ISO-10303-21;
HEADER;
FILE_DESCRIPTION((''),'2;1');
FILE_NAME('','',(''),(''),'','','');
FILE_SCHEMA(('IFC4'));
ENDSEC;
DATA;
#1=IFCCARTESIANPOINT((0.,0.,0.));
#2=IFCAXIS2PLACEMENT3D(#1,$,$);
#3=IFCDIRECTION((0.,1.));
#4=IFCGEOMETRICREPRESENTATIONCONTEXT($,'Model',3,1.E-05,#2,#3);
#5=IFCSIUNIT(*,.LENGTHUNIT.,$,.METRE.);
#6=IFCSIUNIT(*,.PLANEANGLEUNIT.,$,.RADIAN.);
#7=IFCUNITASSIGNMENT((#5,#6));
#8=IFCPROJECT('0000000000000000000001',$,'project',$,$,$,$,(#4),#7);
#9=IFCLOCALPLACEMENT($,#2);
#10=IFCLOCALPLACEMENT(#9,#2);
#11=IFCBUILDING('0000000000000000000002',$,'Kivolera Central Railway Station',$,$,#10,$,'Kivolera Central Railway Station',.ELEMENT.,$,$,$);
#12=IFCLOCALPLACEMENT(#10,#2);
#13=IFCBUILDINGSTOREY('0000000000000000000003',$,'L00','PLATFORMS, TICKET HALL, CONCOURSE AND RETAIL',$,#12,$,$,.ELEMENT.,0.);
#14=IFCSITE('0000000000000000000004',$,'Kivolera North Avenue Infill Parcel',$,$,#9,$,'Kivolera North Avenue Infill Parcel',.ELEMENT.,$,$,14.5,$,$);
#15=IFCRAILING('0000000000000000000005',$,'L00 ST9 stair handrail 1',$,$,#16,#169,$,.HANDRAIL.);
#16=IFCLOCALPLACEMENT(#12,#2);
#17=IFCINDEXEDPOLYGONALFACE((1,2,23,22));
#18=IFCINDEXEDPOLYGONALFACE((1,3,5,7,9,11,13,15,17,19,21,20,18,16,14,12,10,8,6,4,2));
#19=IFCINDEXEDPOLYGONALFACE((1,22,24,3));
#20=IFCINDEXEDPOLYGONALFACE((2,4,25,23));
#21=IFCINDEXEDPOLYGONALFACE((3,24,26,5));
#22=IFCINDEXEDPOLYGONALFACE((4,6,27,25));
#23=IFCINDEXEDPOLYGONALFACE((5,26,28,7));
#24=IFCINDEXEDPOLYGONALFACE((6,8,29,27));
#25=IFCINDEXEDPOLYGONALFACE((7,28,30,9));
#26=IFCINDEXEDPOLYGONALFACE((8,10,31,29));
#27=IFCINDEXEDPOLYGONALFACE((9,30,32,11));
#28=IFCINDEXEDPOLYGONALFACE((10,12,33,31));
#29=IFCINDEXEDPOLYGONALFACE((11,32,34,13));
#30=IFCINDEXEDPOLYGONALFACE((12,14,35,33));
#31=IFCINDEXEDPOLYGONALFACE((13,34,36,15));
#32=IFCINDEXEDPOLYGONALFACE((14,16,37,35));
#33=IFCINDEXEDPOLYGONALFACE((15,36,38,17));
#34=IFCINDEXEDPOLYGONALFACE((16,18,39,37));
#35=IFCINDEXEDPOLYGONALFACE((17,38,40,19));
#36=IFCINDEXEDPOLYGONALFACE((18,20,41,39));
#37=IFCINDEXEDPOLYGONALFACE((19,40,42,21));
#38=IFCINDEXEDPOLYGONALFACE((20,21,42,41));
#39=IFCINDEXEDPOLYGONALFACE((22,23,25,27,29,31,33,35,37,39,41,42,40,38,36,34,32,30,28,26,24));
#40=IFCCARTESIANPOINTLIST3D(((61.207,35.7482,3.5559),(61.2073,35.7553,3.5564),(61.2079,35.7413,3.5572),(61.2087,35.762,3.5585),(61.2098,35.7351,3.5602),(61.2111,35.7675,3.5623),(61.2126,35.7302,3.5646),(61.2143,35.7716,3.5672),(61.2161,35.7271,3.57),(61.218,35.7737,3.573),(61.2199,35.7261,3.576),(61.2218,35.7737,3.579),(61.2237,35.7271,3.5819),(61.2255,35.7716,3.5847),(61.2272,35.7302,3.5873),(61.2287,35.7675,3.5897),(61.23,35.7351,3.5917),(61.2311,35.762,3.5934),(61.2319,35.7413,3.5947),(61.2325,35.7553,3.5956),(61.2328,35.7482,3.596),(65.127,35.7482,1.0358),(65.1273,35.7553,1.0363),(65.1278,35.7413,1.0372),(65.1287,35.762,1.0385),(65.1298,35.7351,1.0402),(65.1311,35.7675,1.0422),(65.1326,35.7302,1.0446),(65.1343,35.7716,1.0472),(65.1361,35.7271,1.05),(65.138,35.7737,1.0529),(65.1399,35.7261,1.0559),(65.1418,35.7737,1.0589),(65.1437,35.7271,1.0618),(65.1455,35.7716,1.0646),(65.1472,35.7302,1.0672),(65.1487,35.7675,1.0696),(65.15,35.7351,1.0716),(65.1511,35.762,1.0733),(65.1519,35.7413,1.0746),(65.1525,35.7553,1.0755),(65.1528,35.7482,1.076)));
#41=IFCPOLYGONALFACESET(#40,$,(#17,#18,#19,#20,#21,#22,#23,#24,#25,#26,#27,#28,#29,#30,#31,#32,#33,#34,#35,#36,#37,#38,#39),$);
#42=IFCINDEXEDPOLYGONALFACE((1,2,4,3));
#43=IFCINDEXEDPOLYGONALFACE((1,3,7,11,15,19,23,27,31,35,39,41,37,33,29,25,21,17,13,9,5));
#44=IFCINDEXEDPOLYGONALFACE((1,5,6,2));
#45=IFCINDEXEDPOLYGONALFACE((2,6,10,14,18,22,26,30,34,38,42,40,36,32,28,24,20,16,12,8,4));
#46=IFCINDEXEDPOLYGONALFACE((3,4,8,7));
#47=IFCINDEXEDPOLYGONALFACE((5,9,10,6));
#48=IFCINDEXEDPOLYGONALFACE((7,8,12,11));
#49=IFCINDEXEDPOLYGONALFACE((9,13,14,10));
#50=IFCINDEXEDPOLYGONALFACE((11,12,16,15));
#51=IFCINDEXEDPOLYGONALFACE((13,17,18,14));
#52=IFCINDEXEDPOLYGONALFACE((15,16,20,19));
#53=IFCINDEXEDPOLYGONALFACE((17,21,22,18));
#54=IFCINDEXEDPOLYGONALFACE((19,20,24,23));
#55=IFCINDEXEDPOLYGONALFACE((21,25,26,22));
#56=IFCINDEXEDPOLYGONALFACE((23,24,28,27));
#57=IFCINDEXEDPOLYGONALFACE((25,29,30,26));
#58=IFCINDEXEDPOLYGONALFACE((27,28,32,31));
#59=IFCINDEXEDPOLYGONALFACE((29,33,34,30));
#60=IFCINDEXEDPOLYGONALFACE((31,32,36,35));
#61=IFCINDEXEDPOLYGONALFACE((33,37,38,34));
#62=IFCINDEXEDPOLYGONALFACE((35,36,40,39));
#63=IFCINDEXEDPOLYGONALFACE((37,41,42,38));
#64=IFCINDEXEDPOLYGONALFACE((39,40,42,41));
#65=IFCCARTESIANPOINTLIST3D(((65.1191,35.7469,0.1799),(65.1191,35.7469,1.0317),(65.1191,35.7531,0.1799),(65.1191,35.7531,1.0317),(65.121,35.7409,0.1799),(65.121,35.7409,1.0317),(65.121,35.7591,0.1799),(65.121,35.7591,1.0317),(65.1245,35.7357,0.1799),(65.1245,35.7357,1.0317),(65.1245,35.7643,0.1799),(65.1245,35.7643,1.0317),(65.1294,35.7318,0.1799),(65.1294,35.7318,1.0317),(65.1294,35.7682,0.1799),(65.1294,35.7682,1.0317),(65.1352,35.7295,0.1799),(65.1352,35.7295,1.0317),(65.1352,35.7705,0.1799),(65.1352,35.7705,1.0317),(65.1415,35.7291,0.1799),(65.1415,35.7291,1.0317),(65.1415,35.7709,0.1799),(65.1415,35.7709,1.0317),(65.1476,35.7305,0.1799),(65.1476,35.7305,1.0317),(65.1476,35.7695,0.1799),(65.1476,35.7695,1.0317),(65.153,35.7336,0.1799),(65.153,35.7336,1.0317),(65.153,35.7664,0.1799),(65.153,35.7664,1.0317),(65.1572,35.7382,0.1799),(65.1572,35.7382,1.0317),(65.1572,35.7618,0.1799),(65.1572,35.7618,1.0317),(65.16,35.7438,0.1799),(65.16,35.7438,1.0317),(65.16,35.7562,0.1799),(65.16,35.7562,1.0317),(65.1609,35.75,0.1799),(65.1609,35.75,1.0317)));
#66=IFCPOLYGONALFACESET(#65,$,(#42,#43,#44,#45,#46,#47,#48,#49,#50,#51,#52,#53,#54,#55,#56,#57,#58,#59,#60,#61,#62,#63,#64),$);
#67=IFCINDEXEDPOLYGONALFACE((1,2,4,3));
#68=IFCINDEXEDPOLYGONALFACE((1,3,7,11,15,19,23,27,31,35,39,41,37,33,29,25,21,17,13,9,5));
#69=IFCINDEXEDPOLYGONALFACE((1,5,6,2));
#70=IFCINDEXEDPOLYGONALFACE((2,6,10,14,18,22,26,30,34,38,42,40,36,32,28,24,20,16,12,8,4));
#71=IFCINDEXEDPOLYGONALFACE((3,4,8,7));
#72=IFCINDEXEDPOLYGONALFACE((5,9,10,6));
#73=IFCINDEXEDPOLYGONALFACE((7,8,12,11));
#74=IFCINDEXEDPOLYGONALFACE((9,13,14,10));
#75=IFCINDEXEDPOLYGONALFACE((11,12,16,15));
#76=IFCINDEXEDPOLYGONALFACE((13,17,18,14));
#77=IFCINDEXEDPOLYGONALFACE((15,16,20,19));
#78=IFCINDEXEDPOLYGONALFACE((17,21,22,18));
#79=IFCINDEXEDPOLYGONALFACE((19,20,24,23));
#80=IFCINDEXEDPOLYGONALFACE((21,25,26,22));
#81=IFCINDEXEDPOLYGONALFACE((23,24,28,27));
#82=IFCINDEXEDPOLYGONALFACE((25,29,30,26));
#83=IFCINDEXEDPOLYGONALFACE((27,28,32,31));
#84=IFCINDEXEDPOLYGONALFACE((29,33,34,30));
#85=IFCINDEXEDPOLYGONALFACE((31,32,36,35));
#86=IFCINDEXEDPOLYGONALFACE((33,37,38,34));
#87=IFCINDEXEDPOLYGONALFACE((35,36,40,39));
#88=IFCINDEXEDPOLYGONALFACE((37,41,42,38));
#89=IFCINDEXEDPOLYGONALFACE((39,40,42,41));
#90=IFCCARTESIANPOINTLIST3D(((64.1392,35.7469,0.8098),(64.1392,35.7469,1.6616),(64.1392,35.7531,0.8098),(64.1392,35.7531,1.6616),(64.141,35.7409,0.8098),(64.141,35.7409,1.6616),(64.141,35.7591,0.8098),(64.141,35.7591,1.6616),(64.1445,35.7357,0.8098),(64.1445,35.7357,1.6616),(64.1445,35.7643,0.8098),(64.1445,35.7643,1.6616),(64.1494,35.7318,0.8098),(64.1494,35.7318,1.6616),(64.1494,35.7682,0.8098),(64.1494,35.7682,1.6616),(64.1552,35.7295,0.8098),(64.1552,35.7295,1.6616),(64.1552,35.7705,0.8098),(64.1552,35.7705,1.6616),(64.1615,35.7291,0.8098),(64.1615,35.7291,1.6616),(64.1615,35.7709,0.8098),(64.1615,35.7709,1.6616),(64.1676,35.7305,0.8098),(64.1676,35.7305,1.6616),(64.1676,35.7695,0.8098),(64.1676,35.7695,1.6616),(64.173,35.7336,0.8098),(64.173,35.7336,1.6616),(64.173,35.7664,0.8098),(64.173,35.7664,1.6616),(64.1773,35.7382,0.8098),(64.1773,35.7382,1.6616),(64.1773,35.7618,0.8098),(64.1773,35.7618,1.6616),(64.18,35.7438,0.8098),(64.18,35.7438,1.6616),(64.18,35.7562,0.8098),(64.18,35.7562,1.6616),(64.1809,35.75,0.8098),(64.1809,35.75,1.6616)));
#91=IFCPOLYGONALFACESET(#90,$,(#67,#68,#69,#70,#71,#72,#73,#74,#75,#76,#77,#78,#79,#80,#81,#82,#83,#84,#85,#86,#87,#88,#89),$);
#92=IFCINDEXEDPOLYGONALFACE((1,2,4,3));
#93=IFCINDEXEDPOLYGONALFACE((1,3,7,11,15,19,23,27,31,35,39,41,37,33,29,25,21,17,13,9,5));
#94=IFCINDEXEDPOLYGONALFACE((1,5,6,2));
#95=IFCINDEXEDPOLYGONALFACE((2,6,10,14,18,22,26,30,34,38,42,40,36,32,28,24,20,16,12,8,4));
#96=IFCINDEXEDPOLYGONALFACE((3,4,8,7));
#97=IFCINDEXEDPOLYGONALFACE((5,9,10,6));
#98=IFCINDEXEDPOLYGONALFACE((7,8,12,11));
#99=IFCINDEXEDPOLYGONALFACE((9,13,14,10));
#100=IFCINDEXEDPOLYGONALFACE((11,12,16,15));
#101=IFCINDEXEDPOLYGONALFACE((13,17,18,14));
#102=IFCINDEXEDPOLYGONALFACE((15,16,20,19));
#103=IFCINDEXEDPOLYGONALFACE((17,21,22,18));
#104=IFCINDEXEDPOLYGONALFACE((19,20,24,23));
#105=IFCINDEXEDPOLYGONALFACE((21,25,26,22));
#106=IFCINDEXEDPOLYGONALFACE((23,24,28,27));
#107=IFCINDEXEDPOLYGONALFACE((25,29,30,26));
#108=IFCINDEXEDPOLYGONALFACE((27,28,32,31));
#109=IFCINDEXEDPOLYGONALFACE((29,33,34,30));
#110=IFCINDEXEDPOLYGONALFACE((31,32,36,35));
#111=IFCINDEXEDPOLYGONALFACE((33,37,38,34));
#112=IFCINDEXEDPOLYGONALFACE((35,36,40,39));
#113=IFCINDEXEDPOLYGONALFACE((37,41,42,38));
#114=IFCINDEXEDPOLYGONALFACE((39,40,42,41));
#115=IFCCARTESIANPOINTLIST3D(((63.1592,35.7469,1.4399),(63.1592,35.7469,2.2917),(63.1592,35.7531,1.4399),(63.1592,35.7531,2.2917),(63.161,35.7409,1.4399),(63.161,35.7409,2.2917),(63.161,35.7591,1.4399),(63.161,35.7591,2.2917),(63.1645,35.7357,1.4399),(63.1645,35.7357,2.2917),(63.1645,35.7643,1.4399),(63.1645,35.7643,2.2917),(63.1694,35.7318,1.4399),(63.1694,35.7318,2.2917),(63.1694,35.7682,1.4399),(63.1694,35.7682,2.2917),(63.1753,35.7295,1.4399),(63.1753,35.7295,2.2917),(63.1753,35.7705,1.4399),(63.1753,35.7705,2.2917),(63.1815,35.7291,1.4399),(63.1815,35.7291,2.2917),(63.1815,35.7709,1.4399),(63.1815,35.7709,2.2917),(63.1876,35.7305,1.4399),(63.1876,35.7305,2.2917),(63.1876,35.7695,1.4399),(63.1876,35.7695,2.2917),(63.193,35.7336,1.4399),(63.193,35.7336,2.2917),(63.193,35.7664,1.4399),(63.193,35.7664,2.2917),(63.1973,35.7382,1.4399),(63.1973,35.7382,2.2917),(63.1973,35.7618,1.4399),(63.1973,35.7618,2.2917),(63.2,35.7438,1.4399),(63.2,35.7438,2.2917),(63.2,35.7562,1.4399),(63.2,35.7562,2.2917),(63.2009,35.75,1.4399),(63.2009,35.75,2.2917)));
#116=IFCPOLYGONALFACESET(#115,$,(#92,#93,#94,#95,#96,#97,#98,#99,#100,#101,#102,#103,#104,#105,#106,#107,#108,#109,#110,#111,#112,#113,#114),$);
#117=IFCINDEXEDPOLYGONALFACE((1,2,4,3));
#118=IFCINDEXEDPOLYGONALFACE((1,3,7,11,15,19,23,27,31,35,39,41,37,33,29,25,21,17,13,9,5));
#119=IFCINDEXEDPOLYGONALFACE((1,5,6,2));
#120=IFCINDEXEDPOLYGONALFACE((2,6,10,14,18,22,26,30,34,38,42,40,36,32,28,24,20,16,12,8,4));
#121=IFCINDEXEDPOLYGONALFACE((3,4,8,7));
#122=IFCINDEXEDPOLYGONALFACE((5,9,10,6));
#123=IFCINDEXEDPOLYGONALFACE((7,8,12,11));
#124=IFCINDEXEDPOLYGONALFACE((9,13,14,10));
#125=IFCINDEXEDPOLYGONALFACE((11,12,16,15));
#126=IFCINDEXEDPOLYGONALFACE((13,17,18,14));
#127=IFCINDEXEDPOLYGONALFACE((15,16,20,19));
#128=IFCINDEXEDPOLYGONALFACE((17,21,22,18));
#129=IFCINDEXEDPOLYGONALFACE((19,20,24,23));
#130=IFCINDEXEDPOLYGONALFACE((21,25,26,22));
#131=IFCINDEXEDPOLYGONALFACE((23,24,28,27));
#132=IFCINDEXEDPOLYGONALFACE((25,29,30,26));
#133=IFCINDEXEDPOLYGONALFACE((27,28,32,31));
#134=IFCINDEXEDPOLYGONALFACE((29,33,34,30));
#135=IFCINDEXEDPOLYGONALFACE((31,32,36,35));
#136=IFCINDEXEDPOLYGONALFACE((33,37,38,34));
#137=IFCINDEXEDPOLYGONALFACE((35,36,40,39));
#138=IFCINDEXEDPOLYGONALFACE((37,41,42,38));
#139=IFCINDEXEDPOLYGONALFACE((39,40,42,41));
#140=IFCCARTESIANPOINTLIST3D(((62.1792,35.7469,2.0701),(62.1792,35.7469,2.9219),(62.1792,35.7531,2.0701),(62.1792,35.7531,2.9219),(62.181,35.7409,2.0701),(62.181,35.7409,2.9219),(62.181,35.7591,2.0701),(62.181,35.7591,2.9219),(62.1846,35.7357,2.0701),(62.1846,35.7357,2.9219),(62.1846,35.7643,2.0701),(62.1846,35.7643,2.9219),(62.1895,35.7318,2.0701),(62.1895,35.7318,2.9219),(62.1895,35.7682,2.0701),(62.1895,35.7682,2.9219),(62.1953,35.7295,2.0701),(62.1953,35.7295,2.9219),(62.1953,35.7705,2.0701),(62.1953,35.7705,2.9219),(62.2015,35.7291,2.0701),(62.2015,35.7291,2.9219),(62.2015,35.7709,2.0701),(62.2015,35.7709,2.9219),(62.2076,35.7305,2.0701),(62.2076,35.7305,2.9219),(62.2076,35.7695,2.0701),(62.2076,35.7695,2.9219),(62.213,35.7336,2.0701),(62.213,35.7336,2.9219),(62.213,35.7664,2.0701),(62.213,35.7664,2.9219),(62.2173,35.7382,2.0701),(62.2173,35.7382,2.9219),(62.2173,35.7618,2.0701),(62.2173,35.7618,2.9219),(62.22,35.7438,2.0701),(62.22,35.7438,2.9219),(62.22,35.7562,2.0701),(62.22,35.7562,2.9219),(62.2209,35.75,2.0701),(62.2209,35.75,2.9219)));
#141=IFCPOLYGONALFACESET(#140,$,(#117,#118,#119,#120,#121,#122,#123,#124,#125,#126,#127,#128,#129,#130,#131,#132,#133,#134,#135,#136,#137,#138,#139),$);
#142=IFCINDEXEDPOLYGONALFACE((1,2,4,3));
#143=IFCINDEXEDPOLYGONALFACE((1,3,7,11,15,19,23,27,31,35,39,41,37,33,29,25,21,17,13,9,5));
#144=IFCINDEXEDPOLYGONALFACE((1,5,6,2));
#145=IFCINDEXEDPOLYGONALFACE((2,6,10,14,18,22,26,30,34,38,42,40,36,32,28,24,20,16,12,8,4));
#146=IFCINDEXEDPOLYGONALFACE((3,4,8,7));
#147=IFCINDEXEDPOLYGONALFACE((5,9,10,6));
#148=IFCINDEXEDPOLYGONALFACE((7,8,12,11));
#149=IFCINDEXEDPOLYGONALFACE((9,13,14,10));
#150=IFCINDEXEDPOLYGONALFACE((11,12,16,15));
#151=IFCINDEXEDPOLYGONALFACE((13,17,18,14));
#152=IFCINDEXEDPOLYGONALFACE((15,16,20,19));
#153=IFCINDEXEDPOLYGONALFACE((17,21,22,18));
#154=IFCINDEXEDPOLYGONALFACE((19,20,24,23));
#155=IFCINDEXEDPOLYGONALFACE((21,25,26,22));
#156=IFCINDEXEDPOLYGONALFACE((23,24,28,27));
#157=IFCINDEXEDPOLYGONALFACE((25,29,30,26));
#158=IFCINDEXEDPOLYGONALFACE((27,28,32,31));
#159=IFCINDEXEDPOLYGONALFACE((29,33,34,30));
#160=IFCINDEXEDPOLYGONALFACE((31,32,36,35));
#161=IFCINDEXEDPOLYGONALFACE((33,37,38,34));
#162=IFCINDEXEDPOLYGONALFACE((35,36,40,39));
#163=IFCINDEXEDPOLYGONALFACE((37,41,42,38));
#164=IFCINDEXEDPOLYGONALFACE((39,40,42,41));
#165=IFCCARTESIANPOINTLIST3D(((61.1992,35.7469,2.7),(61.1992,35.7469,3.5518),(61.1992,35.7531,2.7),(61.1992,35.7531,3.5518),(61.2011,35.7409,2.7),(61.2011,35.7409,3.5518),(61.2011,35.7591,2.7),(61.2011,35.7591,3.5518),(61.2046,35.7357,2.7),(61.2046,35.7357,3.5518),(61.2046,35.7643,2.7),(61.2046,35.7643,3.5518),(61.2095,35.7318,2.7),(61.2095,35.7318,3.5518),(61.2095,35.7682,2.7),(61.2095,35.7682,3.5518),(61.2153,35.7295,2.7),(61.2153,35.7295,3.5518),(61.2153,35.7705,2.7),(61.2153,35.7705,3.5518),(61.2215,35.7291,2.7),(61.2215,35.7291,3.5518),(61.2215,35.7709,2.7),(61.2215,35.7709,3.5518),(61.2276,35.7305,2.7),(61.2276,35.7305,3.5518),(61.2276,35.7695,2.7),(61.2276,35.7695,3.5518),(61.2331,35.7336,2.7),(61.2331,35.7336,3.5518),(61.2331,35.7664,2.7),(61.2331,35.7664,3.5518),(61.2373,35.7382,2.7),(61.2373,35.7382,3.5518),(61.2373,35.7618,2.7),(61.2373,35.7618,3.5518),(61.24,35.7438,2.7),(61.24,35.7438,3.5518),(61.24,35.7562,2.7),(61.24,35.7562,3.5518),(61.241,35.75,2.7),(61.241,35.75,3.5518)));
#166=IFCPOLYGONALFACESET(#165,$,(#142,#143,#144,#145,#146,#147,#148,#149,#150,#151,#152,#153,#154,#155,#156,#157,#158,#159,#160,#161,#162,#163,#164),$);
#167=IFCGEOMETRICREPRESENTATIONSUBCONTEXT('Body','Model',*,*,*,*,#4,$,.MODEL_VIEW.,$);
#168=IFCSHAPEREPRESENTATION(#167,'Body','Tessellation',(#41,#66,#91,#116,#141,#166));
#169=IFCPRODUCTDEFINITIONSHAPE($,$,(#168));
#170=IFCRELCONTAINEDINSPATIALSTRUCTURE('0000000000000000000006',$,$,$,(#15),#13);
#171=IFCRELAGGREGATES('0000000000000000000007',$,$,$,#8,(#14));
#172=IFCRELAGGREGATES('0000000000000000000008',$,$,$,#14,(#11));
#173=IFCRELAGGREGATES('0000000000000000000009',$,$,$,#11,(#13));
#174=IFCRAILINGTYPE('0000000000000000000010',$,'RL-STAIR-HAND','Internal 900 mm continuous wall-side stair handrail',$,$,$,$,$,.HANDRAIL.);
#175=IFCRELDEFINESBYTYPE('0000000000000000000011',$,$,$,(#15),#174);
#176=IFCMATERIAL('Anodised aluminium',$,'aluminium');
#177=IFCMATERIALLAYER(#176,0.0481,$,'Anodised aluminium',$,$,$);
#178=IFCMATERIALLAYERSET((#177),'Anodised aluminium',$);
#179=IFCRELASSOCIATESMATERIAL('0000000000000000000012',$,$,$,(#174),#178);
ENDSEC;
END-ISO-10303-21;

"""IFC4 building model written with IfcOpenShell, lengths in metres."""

from ifc_helpers import new_model, si_unit, direction, frame, origin, origin_2d, place, context, subcontext, project, spatial, circle, extrude, material, layer, layer_set, type_object, element, save


model = new_model("IFC4")

# Units and contexts
model_context = context("Model", 3, precision=1e-05, world=origin(), true_north=direction((0.0, 1.0)))
body_context = subcontext(model_context, "Body", "Model", "MODEL_VIEW")
ifc_project = project(units=[si_unit("LENGTHUNIT", "METRE"), si_unit("PLANEANGLEUNIT", "RADIAN")], contexts=[model_context])

# Site, building, storey
site_placement = place(None, origin())
site = spatial("IfcSite", under=ifc_project, at=site_placement, Name="Kivolera North Avenue Infill Parcel", LongName="Kivolera North Avenue Infill Parcel", CompositionType="ELEMENT", RefElevation=14.5)
building_placement = place(site_placement, origin())
building = spatial("IfcBuilding", under=site, at=building_placement, Name="Kivolera Central Railway Station", LongName="Kivolera Central Railway Station", CompositionType="ELEMENT")
storey_placement = place(building_placement, origin())
storey = spatial("IfcBuildingStorey", under=building, at=storey_placement, Name="L00", Description="PLATFORMS, TICKET HALL, CONCOURSE AND RETAIL", CompositionType="ELEMENT", Elevation=0.0)

# Railing
ifc_material_1 = material(Name="Anodised aluminium", Category="aluminium")
ifc_layer_1 = layer(ifc_material_1, 0.0481, Name="Anodised aluminium")
ifc_layer_set_1 = layer_set([ifc_layer_1], Name="Anodised aluminium")
railing_type_1 = type_object("IfcRailingType", Name="RL-STAIR-HAND", Description="Internal 900 mm continuous wall-side stair handrail", PredefinedType="HANDRAIL", material=ifc_layer_set_1)
railing_1_placement = place(storey_placement, frame((65.1399, 35.75, 0.1799)))
element("IfcRailing", 1, at=railing_1_placement, inside=storey, type_object=railing_type_1, Name="L00 ST9 stair handrail 1", PredefinedType="HANDRAIL", context=body_context, shape_type="SweptSolid", body=[
    extrude(circle(Radius=0.0239, at=origin_2d()), frame((0.0, 0.0, 0.876), z_axis=(-0.841172, 0.0, 0.540768), x_axis=(0.0, -1.0, 0.0)), (0.0, 0.0, 1.0), 4.6602),
    extrude(circle(Radius=0.021, at=origin_2d()), origin(), (0.0, 0.0, 1.0), 0.8518),
    extrude(circle(Radius=0.021, at=origin_2d()), frame((-0.98, 0.0, 0.6299)), (0.0, 0.0, 1.0), 0.8518),
    extrude(circle(Radius=0.021, at=origin_2d()), frame((-1.96, 0.0, 1.26)), (0.0, 0.0, 1.0), 0.8518),
    extrude(circle(Radius=0.021, at=origin_2d()), frame((-2.9399, 0.0, 1.8901)), (0.0, 0.0, 1.0), 0.8518),
    extrude(circle(Radius=0.021, at=origin_2d()), frame((-3.9199, 0.0, 2.52)), (0.0, 0.0, 1.0), 0.8518),
])

save(model, "model.ifc")
